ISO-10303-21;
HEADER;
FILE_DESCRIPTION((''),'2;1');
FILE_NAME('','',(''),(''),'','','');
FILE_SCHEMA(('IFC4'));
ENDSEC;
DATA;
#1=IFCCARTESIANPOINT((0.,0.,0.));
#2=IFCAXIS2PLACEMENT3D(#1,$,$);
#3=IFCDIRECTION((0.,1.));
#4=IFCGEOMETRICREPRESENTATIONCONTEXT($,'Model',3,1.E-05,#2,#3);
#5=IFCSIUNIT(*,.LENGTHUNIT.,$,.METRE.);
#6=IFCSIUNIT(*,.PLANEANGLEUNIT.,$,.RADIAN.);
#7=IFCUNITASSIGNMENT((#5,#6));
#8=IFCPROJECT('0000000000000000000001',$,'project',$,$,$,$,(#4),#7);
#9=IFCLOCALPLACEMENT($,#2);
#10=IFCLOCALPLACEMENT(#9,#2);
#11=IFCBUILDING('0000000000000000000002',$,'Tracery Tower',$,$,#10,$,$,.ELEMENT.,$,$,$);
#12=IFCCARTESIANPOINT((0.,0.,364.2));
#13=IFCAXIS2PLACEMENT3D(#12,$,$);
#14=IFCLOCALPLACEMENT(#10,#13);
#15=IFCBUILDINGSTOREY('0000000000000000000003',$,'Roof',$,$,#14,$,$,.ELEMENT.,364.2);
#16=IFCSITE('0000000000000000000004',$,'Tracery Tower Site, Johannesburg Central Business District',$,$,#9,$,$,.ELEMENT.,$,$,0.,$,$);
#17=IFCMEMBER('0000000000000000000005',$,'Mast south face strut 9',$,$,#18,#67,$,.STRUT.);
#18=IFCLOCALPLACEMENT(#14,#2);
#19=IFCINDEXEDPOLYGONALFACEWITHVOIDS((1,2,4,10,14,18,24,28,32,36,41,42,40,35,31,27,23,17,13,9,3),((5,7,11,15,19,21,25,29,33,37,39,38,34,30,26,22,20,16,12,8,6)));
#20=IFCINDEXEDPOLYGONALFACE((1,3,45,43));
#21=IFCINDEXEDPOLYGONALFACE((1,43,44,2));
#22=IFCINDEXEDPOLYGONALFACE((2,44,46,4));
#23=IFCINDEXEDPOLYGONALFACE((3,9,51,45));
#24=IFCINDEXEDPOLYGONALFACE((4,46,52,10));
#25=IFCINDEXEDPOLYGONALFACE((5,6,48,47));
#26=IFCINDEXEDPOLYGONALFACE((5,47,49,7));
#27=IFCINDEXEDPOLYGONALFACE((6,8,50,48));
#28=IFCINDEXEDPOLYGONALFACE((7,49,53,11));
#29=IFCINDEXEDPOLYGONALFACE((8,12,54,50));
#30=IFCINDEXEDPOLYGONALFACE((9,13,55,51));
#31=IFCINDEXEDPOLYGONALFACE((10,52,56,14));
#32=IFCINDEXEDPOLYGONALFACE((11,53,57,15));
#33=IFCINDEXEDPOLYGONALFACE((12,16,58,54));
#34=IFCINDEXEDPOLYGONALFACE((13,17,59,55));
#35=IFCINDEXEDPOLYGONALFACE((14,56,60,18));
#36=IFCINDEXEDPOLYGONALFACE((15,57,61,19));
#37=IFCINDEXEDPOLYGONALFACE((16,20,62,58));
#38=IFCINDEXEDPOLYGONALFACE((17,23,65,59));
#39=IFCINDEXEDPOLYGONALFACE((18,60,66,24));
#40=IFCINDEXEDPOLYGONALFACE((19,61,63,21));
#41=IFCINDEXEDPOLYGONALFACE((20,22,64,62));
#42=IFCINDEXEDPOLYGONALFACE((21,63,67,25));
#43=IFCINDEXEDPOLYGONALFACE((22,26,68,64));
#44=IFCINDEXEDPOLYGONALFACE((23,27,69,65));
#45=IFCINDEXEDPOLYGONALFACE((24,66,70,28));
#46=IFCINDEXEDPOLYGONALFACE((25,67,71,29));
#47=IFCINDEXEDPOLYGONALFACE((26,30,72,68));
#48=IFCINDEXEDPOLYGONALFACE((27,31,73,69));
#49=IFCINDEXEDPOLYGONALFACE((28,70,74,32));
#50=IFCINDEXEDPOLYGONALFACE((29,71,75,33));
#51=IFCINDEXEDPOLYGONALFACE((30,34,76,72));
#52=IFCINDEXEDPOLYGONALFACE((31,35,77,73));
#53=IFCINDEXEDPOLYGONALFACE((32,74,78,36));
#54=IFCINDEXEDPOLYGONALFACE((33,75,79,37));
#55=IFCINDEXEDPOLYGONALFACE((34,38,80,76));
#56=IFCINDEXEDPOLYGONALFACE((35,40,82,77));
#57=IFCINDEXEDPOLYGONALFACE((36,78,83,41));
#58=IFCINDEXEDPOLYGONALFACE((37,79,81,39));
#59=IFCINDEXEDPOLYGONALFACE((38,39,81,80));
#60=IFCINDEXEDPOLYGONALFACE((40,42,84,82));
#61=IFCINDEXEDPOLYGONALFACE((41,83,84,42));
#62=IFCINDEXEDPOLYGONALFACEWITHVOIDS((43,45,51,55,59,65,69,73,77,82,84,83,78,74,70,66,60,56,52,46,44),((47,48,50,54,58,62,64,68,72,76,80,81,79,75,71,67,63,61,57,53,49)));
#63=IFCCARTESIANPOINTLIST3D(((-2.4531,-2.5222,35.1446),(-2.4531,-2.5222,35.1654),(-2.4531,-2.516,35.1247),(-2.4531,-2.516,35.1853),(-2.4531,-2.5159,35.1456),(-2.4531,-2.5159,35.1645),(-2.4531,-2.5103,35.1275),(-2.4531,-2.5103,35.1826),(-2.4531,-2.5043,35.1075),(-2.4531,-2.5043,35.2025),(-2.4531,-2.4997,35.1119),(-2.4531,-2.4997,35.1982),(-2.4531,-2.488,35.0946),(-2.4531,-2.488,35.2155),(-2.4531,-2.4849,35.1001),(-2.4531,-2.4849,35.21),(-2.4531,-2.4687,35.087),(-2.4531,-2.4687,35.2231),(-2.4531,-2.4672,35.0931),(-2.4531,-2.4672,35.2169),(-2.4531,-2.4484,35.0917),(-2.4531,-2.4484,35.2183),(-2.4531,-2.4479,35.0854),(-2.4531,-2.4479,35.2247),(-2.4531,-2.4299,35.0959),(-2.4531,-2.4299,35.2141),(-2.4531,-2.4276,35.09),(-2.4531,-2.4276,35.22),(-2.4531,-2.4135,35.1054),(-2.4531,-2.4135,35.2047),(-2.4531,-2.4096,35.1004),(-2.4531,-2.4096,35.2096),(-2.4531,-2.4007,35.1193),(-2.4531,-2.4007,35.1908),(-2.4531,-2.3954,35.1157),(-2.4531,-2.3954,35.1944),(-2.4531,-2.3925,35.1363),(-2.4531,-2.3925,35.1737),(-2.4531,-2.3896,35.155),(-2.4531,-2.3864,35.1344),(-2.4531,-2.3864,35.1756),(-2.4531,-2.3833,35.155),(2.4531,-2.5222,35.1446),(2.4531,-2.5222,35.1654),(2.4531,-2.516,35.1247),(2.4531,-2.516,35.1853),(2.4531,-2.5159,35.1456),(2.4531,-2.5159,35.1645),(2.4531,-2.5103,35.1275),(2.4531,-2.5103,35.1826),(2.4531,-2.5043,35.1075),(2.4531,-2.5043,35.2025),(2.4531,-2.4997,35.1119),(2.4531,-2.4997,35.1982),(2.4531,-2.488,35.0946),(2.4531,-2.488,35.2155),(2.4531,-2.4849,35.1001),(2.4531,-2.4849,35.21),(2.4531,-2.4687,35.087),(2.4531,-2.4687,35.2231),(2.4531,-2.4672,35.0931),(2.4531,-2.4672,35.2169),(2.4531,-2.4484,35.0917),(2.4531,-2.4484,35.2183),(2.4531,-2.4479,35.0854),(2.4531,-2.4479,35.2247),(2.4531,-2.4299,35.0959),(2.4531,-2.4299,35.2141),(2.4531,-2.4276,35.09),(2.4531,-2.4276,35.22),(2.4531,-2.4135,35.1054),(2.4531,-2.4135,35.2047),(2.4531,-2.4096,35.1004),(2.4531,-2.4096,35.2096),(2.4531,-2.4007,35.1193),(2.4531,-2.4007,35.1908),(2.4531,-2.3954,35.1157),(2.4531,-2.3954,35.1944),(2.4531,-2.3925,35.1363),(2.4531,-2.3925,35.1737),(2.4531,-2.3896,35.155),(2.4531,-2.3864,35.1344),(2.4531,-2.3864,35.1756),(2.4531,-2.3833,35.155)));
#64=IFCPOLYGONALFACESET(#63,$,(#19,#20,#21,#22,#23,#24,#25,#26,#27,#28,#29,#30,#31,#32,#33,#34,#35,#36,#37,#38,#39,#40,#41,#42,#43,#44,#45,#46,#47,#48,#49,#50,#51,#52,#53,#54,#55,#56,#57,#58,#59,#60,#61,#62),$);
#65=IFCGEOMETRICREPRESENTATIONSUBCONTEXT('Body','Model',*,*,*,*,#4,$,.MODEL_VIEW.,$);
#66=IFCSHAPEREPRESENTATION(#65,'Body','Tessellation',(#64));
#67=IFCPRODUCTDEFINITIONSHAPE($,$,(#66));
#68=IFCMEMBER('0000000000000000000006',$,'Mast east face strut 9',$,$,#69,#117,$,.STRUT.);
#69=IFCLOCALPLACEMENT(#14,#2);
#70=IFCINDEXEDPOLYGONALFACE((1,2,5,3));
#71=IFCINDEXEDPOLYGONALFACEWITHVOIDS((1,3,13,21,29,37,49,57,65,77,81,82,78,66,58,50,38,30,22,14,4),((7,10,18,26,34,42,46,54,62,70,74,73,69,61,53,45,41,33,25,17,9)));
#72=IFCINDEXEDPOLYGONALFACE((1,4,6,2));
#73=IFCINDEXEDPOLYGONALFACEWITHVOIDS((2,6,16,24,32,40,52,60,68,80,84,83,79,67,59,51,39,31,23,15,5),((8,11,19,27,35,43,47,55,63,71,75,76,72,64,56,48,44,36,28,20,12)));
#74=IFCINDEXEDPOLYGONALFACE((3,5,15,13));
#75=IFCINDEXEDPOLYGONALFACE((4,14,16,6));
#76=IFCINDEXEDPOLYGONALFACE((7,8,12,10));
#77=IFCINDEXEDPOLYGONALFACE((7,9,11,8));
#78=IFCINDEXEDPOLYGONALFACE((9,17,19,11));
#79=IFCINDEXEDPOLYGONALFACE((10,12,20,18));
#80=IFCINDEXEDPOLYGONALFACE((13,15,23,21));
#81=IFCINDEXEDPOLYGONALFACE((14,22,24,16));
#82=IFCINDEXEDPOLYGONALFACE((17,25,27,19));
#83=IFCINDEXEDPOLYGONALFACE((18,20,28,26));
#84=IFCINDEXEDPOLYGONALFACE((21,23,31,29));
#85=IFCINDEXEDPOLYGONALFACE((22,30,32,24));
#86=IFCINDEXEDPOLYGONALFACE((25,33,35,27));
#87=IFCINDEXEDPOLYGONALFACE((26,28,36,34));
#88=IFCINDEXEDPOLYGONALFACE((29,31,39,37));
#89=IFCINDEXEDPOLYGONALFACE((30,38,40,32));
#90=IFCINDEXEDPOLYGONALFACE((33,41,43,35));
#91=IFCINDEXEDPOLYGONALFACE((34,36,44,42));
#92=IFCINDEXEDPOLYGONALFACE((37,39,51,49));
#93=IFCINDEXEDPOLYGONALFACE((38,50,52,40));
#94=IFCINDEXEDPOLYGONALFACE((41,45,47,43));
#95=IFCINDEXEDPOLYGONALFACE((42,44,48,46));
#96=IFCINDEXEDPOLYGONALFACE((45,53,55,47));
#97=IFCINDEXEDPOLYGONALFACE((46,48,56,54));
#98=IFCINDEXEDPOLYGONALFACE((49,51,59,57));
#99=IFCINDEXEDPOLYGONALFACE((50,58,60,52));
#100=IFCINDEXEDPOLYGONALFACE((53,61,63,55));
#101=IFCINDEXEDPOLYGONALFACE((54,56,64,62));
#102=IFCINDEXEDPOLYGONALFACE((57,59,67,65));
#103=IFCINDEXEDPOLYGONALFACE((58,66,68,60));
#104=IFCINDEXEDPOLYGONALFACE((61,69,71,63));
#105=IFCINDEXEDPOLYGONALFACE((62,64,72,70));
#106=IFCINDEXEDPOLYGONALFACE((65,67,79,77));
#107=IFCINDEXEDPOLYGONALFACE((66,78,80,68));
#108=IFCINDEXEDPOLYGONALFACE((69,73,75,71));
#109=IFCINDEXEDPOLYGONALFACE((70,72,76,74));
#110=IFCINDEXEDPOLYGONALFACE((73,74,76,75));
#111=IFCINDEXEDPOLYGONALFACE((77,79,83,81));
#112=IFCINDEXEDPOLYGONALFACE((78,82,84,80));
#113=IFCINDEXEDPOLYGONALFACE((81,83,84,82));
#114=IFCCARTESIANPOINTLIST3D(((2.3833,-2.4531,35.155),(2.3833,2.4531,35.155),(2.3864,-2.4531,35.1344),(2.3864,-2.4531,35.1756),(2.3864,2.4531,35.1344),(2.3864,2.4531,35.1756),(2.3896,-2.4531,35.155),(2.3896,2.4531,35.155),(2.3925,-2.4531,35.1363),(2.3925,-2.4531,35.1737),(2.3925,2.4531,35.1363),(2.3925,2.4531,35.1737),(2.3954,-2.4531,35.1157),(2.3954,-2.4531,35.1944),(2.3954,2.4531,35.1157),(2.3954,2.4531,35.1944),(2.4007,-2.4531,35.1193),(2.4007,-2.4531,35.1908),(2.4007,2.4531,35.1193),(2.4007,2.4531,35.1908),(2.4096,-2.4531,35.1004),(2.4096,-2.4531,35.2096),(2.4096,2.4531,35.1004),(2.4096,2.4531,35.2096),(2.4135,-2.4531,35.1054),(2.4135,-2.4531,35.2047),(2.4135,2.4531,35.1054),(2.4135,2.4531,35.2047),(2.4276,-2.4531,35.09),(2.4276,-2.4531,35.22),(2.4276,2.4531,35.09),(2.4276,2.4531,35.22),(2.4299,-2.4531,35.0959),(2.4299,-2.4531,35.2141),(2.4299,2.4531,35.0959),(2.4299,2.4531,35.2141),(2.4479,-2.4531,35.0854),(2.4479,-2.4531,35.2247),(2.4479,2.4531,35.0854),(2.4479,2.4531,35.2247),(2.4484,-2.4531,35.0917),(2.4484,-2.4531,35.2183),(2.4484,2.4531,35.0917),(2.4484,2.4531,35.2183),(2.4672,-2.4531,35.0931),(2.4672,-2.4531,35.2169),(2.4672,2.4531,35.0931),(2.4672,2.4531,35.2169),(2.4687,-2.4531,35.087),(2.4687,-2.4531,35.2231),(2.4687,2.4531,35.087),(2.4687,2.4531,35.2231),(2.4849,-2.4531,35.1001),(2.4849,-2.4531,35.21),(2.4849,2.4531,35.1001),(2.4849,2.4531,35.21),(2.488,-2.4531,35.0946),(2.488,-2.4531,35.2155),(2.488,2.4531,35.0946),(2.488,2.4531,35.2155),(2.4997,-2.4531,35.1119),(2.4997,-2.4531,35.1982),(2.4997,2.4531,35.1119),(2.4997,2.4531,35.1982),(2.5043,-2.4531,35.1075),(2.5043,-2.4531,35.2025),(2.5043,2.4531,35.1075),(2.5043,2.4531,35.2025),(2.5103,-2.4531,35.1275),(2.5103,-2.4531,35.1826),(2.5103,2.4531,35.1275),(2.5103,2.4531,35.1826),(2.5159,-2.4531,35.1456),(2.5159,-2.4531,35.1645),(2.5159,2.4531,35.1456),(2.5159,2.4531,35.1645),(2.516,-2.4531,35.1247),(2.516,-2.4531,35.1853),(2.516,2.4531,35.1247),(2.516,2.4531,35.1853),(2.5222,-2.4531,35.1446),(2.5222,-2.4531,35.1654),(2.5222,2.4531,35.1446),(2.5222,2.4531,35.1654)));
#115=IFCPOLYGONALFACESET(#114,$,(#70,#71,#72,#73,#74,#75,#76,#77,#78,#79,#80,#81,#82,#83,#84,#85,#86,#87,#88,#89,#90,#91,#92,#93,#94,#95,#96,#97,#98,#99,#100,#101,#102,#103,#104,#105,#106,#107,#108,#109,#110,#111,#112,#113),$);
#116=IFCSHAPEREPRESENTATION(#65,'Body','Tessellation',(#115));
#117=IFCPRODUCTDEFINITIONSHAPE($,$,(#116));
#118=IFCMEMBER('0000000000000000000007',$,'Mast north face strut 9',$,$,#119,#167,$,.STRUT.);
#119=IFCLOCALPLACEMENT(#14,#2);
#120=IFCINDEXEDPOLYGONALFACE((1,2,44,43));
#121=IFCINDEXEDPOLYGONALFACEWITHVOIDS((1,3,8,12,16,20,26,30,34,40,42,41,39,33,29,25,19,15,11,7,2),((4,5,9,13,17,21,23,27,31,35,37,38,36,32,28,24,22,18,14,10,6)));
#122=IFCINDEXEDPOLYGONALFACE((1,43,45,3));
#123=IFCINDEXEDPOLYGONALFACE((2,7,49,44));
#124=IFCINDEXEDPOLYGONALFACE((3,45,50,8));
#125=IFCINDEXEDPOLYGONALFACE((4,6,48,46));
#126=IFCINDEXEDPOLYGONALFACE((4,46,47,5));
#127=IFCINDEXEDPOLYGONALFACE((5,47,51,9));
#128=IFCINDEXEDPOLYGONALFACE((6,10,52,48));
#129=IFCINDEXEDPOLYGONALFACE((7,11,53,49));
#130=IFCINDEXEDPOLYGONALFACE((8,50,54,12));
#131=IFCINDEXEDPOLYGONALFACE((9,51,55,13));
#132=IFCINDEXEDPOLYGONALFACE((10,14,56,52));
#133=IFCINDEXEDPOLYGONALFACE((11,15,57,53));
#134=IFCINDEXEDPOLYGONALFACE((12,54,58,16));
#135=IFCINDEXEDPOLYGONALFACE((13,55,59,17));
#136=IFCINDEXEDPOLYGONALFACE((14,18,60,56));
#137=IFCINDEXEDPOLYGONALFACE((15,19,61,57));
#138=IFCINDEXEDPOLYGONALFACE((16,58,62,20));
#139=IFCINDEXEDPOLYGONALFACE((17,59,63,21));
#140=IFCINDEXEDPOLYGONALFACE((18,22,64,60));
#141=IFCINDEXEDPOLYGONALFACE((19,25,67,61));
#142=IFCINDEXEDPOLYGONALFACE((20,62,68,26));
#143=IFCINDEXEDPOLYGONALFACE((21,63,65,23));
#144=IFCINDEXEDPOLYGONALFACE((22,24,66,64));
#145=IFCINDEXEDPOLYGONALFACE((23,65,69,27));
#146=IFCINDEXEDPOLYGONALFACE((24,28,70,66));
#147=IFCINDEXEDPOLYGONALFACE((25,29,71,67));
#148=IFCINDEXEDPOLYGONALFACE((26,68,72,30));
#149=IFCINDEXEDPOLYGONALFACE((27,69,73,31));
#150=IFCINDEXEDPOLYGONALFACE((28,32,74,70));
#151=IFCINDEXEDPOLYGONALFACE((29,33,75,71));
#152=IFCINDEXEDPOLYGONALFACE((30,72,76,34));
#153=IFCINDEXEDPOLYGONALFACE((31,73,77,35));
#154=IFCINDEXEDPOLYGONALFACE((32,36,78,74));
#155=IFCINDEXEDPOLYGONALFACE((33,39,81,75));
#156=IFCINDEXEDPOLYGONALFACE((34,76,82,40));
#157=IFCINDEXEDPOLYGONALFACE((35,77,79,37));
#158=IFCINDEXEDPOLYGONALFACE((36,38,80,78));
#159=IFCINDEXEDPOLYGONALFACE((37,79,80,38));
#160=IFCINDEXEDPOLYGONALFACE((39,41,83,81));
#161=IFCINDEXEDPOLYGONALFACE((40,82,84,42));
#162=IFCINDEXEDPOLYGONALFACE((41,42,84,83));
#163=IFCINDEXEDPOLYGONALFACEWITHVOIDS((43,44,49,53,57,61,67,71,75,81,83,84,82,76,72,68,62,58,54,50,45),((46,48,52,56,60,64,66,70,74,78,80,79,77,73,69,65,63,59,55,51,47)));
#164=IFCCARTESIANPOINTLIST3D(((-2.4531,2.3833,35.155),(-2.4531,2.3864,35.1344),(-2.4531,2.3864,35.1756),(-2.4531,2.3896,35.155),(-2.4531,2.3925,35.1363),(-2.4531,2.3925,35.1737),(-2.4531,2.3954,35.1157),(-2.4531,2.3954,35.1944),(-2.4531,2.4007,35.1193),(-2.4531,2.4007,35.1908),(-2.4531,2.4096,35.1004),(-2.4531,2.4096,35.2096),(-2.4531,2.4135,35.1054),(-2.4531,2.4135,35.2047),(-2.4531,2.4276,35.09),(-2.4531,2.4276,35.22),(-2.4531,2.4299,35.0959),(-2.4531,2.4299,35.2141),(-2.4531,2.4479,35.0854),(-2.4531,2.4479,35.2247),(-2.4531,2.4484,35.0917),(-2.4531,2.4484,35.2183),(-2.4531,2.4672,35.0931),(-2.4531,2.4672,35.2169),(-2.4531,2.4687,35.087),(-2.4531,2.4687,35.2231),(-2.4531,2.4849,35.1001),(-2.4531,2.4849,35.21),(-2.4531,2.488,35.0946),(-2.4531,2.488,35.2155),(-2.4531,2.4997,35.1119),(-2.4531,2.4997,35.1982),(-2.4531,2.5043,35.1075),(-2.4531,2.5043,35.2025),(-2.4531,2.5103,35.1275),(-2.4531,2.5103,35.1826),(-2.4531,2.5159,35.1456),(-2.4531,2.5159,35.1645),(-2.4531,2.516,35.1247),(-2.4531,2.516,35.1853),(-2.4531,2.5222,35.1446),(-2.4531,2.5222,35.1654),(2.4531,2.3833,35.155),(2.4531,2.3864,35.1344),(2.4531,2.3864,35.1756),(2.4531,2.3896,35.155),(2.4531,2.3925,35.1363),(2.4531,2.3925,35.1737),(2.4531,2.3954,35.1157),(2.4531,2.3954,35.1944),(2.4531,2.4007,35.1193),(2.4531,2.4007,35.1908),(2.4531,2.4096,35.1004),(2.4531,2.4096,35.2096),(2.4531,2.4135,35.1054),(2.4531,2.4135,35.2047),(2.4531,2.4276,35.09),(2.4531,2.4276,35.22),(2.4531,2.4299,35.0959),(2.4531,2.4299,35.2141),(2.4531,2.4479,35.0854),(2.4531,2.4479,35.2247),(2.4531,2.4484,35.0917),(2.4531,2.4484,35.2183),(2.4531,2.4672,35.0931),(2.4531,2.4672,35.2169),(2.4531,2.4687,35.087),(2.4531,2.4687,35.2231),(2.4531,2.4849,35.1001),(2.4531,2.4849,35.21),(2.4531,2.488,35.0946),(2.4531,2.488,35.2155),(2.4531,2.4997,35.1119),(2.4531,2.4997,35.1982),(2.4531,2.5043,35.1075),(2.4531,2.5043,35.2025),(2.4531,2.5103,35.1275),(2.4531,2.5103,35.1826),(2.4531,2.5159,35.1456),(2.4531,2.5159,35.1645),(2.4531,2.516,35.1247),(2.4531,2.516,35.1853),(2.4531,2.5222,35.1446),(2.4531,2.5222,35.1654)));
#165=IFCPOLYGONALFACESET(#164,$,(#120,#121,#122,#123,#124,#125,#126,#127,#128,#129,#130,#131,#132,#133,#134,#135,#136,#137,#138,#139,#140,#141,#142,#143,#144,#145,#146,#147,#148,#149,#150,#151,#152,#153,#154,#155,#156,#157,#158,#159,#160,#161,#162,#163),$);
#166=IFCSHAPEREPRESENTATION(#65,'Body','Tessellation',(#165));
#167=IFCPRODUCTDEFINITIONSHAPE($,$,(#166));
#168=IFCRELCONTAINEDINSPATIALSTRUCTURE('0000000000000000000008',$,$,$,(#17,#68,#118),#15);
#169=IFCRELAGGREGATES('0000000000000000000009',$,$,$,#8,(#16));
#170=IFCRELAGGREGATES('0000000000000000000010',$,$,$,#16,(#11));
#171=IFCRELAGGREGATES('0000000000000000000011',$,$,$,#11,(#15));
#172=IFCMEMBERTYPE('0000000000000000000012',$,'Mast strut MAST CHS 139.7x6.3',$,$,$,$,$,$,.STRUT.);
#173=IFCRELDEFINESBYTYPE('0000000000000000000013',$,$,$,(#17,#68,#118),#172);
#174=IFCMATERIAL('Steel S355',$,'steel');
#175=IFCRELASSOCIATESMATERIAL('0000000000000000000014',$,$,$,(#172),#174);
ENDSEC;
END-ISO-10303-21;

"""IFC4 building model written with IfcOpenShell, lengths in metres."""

from ifc_helpers import new_model, si_unit, direction, frame, origin, origin_2d, place, context, subcontext, project, spatial, hollow_circle, extrude, material, material_profile, profile_set, type_object, element, save


model = new_model("IFC4")

# Units and contexts
model_context = context("Model", 3, precision=1e-05, world=origin(), true_north=direction((0.0, 1.0)))
body_context = subcontext(model_context, "Body", "Model", "MODEL_VIEW")
ifc_project = project(units=[si_unit("LENGTHUNIT", "METRE"), si_unit("PLANEANGLEUNIT", "RADIAN")], contexts=[model_context])

# Site, building, storey
site_placement = place(None, origin())
site = spatial("IfcSite", under=ifc_project, at=site_placement, Name="Tracery Tower Site, Johannesburg Central Business District", CompositionType="ELEMENT", RefElevation=0.0)
building_placement = place(site_placement, origin())
building = spatial("IfcBuilding", under=site, at=building_placement, Name="Tracery Tower", CompositionType="ELEMENT")
storey_placement = place(building_placement, frame((0.0, 0.0, 364.2)))
storey = spatial("IfcBuildingStorey", under=building, at=storey_placement, Name="Roof", CompositionType="ELEMENT", Elevation=364.2)

# Members
ifc_material_1 = material(Name="Steel S355", Category="steel")
ifc_material_profile_1 = material_profile(ifc_material_1, hollow_circle(Radius=0.0698, WallThickness=0.0063, at=origin_2d()), Name="CHS 139.7x6.3")
ifc_profile_set_1 = profile_set([ifc_material_profile_1], Name="Steel S355")
member_type_1 = type_object("IfcMemberType", Name="Mast strut MAST CHS 139.7x6.3", PredefinedType="STRUT", material=ifc_profile_set_1)
for number, where, z_axis, x_axis, name in (
    (1, (-2.4531, -2.4531, 35.155), (1.0, 0.0, 0.0), (0.0, 1.0, 0.0), "Mast south face strut 9"),
    (2, (2.4531, -2.4531, 35.155), (0.0, 1.0, 0.0), (-1.0, 0.0, 0.0), "Mast east face strut 9"),
    (3, (2.4531, 2.4531, 35.155), (-1.0, 0.0, 0.0), (0.0, -1.0, 0.0), "Mast north face strut 9"),
):
    element("IfcMember", number, at=place(storey_placement, frame(where, z_axis=z_axis, x_axis=x_axis)), inside=storey, type_object=member_type_1, Name=name, PredefinedType="STRUT", context=body_context, shape_type="SweptSolid", body=[
        extrude(hollow_circle(Radius=0.0698, WallThickness=0.0063, at=origin_2d()), origin(), (0.0, 0.0, 1.0), 4.9062),
    ])

save(model, "model.ifc")
